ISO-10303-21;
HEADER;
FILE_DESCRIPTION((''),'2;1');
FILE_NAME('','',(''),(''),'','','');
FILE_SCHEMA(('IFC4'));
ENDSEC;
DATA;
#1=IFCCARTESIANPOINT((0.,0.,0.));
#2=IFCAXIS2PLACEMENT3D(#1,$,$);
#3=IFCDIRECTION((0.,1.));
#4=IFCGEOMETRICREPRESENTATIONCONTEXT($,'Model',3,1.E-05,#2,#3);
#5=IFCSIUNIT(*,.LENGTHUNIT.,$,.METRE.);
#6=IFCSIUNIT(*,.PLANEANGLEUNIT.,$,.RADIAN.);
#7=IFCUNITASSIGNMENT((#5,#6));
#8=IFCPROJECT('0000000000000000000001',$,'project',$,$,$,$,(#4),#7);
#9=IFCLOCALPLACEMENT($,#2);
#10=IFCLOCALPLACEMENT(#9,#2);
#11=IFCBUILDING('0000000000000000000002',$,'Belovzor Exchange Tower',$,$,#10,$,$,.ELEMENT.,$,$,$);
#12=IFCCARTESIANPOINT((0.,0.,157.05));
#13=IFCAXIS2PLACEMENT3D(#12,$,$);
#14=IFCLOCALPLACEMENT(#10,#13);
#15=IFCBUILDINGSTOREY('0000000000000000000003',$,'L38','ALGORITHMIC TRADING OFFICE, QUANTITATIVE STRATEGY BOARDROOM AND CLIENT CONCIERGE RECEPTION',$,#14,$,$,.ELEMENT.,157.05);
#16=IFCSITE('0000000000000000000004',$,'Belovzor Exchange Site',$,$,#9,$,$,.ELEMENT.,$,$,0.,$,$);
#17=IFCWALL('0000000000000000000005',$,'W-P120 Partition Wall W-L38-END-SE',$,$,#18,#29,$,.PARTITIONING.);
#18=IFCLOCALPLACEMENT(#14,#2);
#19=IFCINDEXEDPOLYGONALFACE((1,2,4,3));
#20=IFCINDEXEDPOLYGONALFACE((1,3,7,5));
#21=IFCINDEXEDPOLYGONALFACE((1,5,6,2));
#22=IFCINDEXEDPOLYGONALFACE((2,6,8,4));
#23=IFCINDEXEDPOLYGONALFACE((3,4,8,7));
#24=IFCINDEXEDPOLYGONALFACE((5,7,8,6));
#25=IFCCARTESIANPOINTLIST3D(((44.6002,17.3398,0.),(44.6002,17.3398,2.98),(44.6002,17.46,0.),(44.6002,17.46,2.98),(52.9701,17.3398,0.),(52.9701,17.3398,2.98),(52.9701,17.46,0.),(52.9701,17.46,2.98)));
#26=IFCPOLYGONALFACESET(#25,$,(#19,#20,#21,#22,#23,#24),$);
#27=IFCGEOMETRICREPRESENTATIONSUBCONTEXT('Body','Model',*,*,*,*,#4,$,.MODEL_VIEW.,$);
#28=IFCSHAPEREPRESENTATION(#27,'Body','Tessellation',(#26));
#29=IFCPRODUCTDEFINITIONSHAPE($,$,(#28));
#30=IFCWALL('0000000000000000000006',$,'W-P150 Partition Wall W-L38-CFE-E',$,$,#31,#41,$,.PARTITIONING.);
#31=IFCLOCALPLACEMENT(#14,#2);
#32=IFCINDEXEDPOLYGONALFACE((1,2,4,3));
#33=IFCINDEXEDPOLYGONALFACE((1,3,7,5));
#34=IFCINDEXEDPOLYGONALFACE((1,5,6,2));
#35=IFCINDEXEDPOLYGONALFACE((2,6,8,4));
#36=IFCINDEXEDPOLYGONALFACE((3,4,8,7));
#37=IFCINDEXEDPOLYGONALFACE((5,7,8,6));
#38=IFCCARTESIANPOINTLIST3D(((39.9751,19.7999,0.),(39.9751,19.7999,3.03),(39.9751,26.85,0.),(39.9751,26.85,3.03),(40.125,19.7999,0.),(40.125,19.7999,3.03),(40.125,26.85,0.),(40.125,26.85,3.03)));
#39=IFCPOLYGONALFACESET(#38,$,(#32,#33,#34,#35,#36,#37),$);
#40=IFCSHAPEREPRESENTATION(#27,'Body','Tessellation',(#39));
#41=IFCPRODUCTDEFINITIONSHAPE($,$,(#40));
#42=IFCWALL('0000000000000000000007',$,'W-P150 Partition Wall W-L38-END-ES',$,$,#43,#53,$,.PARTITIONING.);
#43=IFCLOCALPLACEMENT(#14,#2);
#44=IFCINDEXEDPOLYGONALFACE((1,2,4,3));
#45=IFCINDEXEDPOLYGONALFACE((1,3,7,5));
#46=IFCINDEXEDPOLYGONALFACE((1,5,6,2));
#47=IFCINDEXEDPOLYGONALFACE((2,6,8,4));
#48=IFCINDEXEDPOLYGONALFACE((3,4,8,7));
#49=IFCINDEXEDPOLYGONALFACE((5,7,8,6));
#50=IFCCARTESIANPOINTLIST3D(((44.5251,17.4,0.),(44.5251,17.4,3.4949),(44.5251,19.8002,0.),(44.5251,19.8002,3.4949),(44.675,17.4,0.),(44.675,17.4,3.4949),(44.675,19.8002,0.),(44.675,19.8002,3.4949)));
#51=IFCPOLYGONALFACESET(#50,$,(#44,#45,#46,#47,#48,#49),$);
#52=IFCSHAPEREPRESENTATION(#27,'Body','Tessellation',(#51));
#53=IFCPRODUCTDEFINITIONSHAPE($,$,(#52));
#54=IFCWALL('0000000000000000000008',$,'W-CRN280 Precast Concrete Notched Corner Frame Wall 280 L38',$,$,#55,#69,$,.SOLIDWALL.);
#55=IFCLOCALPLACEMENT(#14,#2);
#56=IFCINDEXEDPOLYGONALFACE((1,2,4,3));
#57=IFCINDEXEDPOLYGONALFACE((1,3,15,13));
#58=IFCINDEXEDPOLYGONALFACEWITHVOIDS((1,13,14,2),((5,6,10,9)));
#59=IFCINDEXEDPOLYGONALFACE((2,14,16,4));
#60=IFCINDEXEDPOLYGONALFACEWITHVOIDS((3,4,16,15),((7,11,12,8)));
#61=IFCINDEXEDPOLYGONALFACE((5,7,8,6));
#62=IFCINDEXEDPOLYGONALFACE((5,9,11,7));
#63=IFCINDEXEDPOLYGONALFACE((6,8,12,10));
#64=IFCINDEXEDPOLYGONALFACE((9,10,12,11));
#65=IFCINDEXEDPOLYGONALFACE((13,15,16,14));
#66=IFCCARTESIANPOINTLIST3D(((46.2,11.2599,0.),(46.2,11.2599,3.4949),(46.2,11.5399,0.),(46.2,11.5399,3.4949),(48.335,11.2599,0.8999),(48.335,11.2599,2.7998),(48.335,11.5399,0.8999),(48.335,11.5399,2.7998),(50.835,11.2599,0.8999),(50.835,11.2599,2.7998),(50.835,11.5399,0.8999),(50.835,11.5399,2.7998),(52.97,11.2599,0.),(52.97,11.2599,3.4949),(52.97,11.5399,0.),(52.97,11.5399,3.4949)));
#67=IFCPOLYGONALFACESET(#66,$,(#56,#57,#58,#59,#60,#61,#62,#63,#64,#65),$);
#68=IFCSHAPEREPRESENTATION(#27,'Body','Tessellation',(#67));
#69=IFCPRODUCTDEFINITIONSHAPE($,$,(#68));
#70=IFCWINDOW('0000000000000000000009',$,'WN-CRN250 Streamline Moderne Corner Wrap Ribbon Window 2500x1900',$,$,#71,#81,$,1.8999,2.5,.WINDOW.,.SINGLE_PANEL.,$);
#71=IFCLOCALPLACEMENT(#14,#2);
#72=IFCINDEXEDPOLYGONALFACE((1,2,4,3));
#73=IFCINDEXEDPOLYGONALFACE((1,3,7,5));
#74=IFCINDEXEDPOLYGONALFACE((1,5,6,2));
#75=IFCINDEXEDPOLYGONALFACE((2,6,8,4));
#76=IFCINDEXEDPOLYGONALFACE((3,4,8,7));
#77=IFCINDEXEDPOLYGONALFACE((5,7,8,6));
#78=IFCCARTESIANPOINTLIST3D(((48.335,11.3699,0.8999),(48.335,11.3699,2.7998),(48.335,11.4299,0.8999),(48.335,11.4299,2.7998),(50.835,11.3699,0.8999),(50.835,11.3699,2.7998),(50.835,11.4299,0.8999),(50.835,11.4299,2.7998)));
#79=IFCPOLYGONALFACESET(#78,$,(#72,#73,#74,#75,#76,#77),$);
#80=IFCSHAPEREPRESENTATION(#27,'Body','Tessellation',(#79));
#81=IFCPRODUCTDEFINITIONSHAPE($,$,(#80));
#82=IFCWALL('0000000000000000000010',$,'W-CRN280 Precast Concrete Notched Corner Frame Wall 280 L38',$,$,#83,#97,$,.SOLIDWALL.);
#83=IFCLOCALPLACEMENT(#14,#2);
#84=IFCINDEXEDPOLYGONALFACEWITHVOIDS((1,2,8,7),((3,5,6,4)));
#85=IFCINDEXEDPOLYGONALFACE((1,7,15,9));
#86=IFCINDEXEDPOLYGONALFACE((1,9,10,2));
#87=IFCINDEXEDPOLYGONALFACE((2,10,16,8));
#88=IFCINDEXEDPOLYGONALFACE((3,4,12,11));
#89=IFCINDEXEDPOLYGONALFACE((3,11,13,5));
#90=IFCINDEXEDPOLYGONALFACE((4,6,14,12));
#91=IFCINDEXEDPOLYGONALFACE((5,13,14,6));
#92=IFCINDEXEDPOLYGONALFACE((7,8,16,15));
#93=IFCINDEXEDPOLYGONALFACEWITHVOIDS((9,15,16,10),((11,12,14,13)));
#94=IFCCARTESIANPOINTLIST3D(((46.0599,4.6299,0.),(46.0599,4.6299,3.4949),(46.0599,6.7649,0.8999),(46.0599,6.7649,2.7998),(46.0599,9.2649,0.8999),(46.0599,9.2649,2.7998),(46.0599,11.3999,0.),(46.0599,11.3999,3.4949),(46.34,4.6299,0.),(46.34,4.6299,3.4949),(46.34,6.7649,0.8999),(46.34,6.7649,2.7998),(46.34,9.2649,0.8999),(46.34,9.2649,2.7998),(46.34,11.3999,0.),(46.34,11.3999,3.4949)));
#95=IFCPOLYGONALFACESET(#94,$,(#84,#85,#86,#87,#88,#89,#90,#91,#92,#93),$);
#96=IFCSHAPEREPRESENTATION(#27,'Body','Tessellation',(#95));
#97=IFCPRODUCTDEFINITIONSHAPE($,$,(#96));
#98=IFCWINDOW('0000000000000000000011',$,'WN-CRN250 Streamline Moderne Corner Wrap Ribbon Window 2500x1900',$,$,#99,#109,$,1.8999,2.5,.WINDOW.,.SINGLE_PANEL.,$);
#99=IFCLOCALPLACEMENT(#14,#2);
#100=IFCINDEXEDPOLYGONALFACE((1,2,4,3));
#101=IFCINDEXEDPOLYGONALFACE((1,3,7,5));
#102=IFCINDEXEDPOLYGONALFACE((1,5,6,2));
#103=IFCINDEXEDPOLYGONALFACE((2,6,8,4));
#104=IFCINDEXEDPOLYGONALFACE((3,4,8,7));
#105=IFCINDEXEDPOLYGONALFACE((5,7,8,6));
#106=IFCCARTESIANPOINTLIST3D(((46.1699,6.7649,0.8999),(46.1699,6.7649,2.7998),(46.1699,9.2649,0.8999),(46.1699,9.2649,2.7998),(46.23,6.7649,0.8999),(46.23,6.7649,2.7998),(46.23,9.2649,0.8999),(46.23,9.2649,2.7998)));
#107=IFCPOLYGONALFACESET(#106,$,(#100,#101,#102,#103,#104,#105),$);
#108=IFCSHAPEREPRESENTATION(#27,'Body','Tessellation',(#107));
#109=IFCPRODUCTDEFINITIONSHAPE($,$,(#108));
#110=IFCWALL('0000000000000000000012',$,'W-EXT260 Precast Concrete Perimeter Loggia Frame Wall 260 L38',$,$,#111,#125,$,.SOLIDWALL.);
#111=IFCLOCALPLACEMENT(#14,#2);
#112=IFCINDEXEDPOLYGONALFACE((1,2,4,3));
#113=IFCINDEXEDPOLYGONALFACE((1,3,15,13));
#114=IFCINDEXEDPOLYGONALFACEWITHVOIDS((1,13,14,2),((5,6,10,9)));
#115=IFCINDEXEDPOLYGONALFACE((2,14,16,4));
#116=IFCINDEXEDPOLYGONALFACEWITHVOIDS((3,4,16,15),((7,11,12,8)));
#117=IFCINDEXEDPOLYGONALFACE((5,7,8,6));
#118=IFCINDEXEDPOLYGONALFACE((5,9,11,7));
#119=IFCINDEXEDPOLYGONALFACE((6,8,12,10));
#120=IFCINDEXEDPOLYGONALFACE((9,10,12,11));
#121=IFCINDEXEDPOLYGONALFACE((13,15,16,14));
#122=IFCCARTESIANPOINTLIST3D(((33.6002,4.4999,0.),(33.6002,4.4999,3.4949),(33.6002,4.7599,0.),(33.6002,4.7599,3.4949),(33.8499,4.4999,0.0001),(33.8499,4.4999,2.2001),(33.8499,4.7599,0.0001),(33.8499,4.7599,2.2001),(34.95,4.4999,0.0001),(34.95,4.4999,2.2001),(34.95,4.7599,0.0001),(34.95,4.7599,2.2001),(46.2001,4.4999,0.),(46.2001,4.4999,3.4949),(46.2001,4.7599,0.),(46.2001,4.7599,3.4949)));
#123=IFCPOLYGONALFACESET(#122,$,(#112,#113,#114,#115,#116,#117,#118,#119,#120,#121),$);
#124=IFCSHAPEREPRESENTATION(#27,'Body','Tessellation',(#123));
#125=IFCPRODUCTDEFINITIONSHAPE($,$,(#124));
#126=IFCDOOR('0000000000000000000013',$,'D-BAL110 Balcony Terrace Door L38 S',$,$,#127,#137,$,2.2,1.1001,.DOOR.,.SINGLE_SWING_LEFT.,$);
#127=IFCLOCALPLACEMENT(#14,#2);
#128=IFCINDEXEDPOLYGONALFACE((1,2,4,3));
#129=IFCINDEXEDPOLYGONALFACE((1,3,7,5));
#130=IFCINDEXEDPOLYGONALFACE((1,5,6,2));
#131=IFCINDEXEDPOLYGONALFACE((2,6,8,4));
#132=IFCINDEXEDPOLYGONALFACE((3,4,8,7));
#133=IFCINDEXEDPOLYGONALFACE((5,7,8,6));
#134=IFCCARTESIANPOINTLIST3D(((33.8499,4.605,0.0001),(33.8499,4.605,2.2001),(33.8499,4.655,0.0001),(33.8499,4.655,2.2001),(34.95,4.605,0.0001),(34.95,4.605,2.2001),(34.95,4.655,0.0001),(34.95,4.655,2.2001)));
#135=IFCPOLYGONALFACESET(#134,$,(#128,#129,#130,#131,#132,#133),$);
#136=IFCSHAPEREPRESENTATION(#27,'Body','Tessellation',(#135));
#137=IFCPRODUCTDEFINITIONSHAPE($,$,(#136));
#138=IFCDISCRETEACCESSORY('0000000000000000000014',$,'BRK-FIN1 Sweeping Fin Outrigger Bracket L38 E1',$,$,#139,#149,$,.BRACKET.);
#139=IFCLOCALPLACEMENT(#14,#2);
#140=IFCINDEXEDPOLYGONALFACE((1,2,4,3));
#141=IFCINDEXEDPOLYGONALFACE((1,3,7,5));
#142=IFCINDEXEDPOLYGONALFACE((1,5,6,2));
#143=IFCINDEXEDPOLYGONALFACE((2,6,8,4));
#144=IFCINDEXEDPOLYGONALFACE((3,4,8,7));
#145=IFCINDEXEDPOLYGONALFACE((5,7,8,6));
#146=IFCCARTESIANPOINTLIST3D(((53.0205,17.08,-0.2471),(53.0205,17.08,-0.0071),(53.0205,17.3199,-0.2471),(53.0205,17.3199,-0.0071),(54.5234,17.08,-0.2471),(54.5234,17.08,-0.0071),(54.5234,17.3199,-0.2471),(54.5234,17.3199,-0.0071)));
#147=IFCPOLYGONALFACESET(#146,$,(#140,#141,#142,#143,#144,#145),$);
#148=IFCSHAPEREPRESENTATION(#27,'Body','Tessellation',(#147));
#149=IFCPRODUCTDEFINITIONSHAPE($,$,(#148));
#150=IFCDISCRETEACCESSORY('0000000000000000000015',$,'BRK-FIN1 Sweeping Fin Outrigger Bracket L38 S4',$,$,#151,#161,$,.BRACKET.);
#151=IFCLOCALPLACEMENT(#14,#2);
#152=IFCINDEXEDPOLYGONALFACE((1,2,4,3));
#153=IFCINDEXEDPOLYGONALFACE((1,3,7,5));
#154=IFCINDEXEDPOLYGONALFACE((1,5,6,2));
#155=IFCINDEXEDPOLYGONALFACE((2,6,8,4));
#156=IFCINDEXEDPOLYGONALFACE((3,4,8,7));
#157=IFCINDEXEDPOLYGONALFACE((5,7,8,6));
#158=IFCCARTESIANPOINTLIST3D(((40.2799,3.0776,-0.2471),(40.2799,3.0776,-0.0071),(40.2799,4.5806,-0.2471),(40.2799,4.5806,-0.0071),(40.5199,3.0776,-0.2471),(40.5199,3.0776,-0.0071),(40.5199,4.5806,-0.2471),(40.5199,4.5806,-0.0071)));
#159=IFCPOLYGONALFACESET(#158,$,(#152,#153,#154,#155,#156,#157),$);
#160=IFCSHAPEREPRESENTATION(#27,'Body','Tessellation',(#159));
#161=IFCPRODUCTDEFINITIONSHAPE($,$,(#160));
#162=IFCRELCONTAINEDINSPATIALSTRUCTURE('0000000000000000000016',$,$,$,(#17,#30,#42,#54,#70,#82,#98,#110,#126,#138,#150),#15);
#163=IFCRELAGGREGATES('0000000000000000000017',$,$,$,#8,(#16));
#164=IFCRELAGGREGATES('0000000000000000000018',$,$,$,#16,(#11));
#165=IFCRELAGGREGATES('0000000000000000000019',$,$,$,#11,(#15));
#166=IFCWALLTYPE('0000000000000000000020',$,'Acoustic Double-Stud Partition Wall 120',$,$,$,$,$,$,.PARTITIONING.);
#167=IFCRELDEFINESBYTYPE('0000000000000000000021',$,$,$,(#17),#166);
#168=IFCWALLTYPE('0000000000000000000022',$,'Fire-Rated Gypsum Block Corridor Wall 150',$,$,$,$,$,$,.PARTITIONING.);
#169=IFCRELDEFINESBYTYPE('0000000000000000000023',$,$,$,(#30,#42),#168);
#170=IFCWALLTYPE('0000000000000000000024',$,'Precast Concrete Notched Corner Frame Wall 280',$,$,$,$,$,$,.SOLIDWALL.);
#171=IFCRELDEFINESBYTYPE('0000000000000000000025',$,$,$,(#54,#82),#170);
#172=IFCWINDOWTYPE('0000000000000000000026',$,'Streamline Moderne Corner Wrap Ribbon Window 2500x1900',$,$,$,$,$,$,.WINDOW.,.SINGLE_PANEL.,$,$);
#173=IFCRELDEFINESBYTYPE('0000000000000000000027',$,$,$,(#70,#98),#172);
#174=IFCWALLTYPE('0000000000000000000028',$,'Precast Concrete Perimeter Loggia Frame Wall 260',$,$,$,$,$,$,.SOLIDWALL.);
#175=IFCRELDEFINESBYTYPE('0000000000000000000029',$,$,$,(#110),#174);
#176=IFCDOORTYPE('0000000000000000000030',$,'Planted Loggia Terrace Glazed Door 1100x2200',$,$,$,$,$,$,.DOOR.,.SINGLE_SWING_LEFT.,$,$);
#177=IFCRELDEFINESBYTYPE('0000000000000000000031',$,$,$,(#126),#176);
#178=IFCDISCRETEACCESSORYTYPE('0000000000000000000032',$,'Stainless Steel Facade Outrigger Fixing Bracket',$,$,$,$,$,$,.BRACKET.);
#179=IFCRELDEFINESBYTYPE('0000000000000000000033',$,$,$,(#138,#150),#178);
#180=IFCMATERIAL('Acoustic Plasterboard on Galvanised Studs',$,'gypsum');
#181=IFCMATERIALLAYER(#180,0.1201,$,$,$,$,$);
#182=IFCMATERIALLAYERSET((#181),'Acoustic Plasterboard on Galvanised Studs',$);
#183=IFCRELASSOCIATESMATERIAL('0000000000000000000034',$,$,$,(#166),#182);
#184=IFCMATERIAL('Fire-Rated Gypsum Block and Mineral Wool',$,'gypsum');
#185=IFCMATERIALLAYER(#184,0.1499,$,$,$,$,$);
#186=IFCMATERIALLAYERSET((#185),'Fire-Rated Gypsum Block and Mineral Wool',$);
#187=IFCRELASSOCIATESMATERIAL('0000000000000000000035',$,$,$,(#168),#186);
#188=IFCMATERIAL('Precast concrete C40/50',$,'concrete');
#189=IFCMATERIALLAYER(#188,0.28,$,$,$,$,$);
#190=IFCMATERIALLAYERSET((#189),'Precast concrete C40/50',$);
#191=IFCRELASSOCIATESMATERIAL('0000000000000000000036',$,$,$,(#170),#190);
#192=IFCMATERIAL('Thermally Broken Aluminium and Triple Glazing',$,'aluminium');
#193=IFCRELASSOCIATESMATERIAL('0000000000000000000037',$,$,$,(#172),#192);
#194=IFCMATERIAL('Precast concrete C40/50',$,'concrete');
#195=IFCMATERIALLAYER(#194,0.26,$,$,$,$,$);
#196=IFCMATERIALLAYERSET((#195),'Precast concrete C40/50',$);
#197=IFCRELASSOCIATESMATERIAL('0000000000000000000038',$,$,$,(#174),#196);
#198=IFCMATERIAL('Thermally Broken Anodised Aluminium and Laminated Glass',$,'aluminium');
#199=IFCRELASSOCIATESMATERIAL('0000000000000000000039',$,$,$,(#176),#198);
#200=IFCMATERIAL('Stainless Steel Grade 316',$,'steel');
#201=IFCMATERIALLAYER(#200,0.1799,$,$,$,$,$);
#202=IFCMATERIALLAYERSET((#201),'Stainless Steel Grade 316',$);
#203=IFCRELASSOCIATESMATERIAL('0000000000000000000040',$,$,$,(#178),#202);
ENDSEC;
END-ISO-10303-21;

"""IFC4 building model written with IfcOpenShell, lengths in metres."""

from ifc_helpers import new_model, si_unit, direction, frame, frame_2d, origin, origin_2d, place, context, subcontext, project, spatial, rectangle, extrude, material, layer, layer_set, type_object, element, fill, save


model = new_model("IFC4")

# Units and contexts
model_context = context("Model", 3, precision=1e-05, world=origin(), true_north=direction((0.0, 1.0)))
body_context = subcontext(model_context, "Body", "Model", "MODEL_VIEW")
ifc_project = project(units=[si_unit("LENGTHUNIT", "METRE"), si_unit("PLANEANGLEUNIT", "RADIAN")], contexts=[model_context])

# Site, building, storey
site_placement = place(None, origin())
site = spatial("IfcSite", under=ifc_project, at=site_placement, Name="Belovzor Exchange Site", CompositionType="ELEMENT", RefElevation=0.0)
building_placement = place(site_placement, origin())
building = spatial("IfcBuilding", under=site, at=building_placement, Name="Belovzor Exchange Tower", CompositionType="ELEMENT")
storey_placement = place(building_placement, frame((0.0, 0.0, 157.05)))
storey = spatial("IfcBuildingStorey", under=building, at=storey_placement, Name="L38", Description="ALGORITHMIC TRADING OFFICE, QUANTITATIVE STRATEGY BOARDROOM AND CLIENT CONCIERGE RECEPTION", CompositionType="ELEMENT", Elevation=157.05)

# Walls
ifc_material_1 = material(Name="Acoustic Plasterboard on Galvanised Studs", Category="gypsum")
ifc_layer_1 = layer(ifc_material_1, 0.1201)
ifc_layer_set_1 = layer_set([ifc_layer_1], Name="Acoustic Plasterboard on Galvanised Studs")
wall_type_1 = type_object("IfcWallType", Name="Acoustic Double-Stud Partition Wall 120", PredefinedType="PARTITIONING", material=ifc_layer_set_1)
wall_1_placement = place(storey_placement, frame((44.6001, 17.3999, 0.0), z_axis=(0.0, 0.0, 1.0), x_axis=(1.0, 0.0, 0.0)))
element("IfcWall", 1, at=wall_1_placement, inside=storey, type_object=wall_type_1, Name="W-P120 Partition Wall W-L38-END-SE", PredefinedType="PARTITIONING", context=body_context, shape_type="SweptSolid", body=[
    extrude(rectangle(XDim=8.3699, YDim=0.1201, at=frame_2d((4.1851, 0.0))), origin(), (0.0, 0.0, 1.0), 2.98),
])
ifc_material_2 = material(Name="Fire-Rated Gypsum Block and Mineral Wool", Category="gypsum")
ifc_layer_2 = layer(ifc_material_2, 0.1499)
ifc_layer_set_2 = layer_set([ifc_layer_2], Name="Fire-Rated Gypsum Block and Mineral Wool")
wall_type_2 = type_object("IfcWallType", Name="Fire-Rated Gypsum Block Corridor Wall 150", PredefinedType="PARTITIONING", material=ifc_layer_set_2)
wall_2_placement = place(storey_placement, frame((40.05, 19.8, 0.0), z_axis=(0.0, 0.0, 1.0), x_axis=(0.0, 1.0, 0.0)))
element("IfcWall", 2, at=wall_2_placement, inside=storey, type_object=wall_type_2, Name="W-P150 Partition Wall W-L38-CFE-E", PredefinedType="PARTITIONING", context=body_context, shape_type="SweptSolid", body=[
    extrude(rectangle(XDim=7.05, YDim=0.1499, at=frame_2d((3.5249, 0.0))), origin(), (0.0, 0.0, 1.0), 3.03),
])
wall_3_placement = place(storey_placement, frame((44.6001, 17.3999, 0.0), z_axis=(0.0, 0.0, 1.0), x_axis=(0.0, 1.0, 0.0)))
element("IfcWall", 3, at=wall_3_placement, inside=storey, type_object=wall_type_2, Name="W-P150 Partition Wall W-L38-END-ES", PredefinedType="PARTITIONING", context=body_context, shape_type="SweptSolid", body=[
    extrude(rectangle(XDim=2.4001, YDim=0.1499, at=frame_2d((1.2002, 0.0))), origin(), (0.0, 0.0, 1.0), 3.4949),
])

# Walls, openings, windows
ifc_material_3 = material(Name="Precast concrete C40/50", Category="concrete")
ifc_layer_3 = layer(ifc_material_3, 0.28)
ifc_layer_set_3 = layer_set([ifc_layer_3], Name="Precast concrete C40/50")
wall_type_3 = type_object("IfcWallType", Name="Precast Concrete Notched Corner Frame Wall 280", PredefinedType="SOLIDWALL", material=ifc_layer_set_3)
wall_4_placement = place(storey_placement, frame((52.97, 11.3999, 0.0), z_axis=(0.0, 0.0, 1.0), x_axis=(-1.0, 0.0, 0.0)))
wall_4 = element("IfcWall", 4, at=wall_4_placement, inside=storey, type_object=wall_type_3, Name="W-CRN280 Precast Concrete Notched Corner Frame Wall 280 L38", PredefinedType="SOLIDWALL", context=body_context, shape_type="SweptSolid", body=[
    extrude(rectangle(XDim=6.77, YDim=0.28, at=frame_2d((3.385, 0.0))), origin(), (0.0, 0.0, 1.0), 3.4949),
])
opening_1_placement = place(wall_4_placement, frame((2.135, 0.0, 0.8999)))
opening_1 = element("IfcOpeningElement", 5, at=opening_1_placement, cuts=wall_4, PredefinedType="OPENING", context=body_context, shape_type="SweptSolid", body=[
    extrude(rectangle(XDim=2.5, YDim=1.8999, at=frame_2d((1.25, 0.95))), frame((0.0, 0.1499, 0.0), z_axis=(0.0, -1.0, 0.0), x_axis=(1.0, 0.0, 0.0)), (0.0, 0.0, 1.0), 0.3),
])
ifc_material_4 = material(Name="Thermally Broken Aluminium and Triple Glazing", Category="aluminium")
window_type = type_object("IfcWindowType", Name="Streamline Moderne Corner Wrap Ribbon Window 2500x1900", PartitioningType="SINGLE_PANEL", PredefinedType="WINDOW", material=ifc_material_4)
window_1_placement = place(opening_1_placement, origin())
window_1 = element("IfcWindow", 6, at=window_1_placement, inside=storey, type_object=window_type, Name="WN-CRN250 Streamline Moderne Corner Wrap Ribbon Window 2500x1900", OverallHeight=1.8999, OverallWidth=2.5, PartitioningType="SINGLE_PANEL", PredefinedType="WINDOW", context=body_context, shape_type="SweptSolid", body=[
    extrude(rectangle(XDim=2.5, YDim=1.8999, at=frame_2d((1.25, 0.95))), frame((0.0, 0.03, 0.0), z_axis=(0.0, -1.0, 0.0), x_axis=(1.0, 0.0, 0.0)), (0.0, 0.0, 1.0), 0.0601),
])
fill(opening_1, window_1)
wall_5_placement = place(storey_placement, frame((46.2, 11.3999, 0.0), z_axis=(0.0, 0.0, 1.0), x_axis=(0.0, -1.0, 0.0)))
wall_5 = element("IfcWall", 7, at=wall_5_placement, inside=storey, type_object=wall_type_3, Name="W-CRN280 Precast Concrete Notched Corner Frame Wall 280 L38", PredefinedType="SOLIDWALL", context=body_context, shape_type="SweptSolid", body=[
    extrude(rectangle(XDim=6.77, YDim=0.28, at=frame_2d((3.385, 0.0))), origin(), (0.0, 0.0, 1.0), 3.4949),
])
opening_2_placement = place(wall_5_placement, frame((2.135, 0.0, 0.8999)))
opening_2 = element("IfcOpeningElement", 8, at=opening_2_placement, cuts=wall_5, PredefinedType="OPENING", context=body_context, shape_type="SweptSolid", body=[
    extrude(rectangle(XDim=2.5, YDim=1.8999, at=frame_2d((1.25, 0.95))), frame((0.0, 0.1499, 0.0), z_axis=(0.0, -1.0, 0.0), x_axis=(1.0, 0.0, 0.0)), (0.0, 0.0, 1.0), 0.3),
])
window_2_placement = place(opening_2_placement, origin())
window_2 = element("IfcWindow", 9, at=window_2_placement, inside=storey, type_object=window_type, Name="WN-CRN250 Streamline Moderne Corner Wrap Ribbon Window 2500x1900", OverallHeight=1.8999, OverallWidth=2.5, PartitioningType="SINGLE_PANEL", PredefinedType="WINDOW", context=body_context, shape_type="SweptSolid", body=[
    extrude(rectangle(XDim=2.5, YDim=1.8999, at=frame_2d((1.25, 0.95))), frame((0.0, 0.03, 0.0), z_axis=(0.0, -1.0, 0.0), x_axis=(1.0, 0.0, 0.0)), (0.0, 0.0, 1.0), 0.0601),
])
fill(opening_2, window_2)

# Wall, opening, door
ifc_material_5 = material(Name="Precast concrete C40/50", Category="concrete")
ifc_layer_4 = layer(ifc_material_5, 0.26)
ifc_layer_set_4 = layer_set([ifc_layer_4], Name="Precast concrete C40/50")
wall_type_4 = type_object("IfcWallType", Name="Precast Concrete Perimeter Loggia Frame Wall 260", PredefinedType="SOLIDWALL", material=ifc_layer_set_4)
wall_6_placement = place(storey_placement, frame((46.2, 4.6299, 0.0), z_axis=(0.0, 0.0, 1.0), x_axis=(-1.0, 0.0, 0.0)))
wall_6 = element("IfcWall", 10, at=wall_6_placement, inside=storey, type_object=wall_type_4, Name="W-EXT260 Precast Concrete Perimeter Loggia Frame Wall 260 L38", PredefinedType="SOLIDWALL", context=body_context, shape_type="SweptSolid", body=[
    extrude(rectangle(XDim=12.5999, YDim=0.26, at=frame_2d((6.2998, 0.0))), origin(), (0.0, 0.0, 1.0), 3.4949),
])
opening_3_placement = place(wall_6_placement, frame((11.25, 0.0, 0.0)))
opening_3 = element("IfcOpeningElement", 11, at=opening_3_placement, cuts=wall_6, PredefinedType="OPENING", context=body_context, shape_type="SweptSolid", body=[
    extrude(rectangle(XDim=1.1001, YDim=2.2, at=frame_2d((0.55, 1.1001))), frame((0.0, 0.1399, 0.0), z_axis=(0.0, -1.0, 0.0), x_axis=(1.0, 0.0, 0.0)), (0.0, 0.0, 1.0), 0.28),
])
ifc_material_6 = material(Name="Thermally Broken Anodised Aluminium and Laminated Glass", Category="aluminium")
door_type = type_object("IfcDoorType", Name="Planted Loggia Terrace Glazed Door 1100x2200", OperationType="SINGLE_SWING_LEFT", PredefinedType="DOOR", material=ifc_material_6)
door_placement = place(opening_3_placement, origin())
door = element("IfcDoor", 12, at=door_placement, inside=storey, type_object=door_type, Name="D-BAL110 Balcony Terrace Door L38 S", OperationType="SINGLE_SWING_LEFT", OverallHeight=2.2, OverallWidth=1.1001, PredefinedType="DOOR", context=body_context, shape_type="SweptSolid", body=[
    extrude(rectangle(XDim=1.1001, YDim=2.2, at=frame_2d((0.55, 1.1001))), frame((0.0, 0.0249, 0.0), z_axis=(0.0, -1.0, 0.0), x_axis=(1.0, 0.0, 0.0)), (0.0, 0.0, 1.0), 0.05),
])
fill(opening_3, door)

# Discrete accessories
ifc_material_7 = material(Name="Stainless Steel Grade 316", Category="steel")
ifc_layer_5 = layer(ifc_material_7, 0.1799)
ifc_layer_set_5 = layer_set([ifc_layer_5], Name="Stainless Steel Grade 316")
discrete_accessory_type = type_object("IfcDiscreteAccessoryType", Name="Stainless Steel Facade Outrigger Fixing Bracket", PredefinedType="BRACKET", material=ifc_layer_set_5)
for number, where, z_axis, x_axis, name in (
    (13, (53.772, 17.2, -0.2471), (0.0, 0.0, 1.0), (1.0, 0.0, 0.0), "BRK-FIN1 Sweeping Fin Outrigger Bracket L38 E1"),
    (14, (40.3999, 3.8291, -0.2471), (0.0, 0.0, 1.0), (0.0, 1.0, 0.0), "BRK-FIN1 Sweeping Fin Outrigger Bracket L38 S4"),
):
    element("IfcDiscreteAccessory", number, at=place(storey_placement, frame(where, z_axis=z_axis, x_axis=x_axis)), inside=storey, type_object=discrete_accessory_type, Name=name, PredefinedType="BRACKET", context=body_context, shape_type="SweptSolid", body=[
        extrude(rectangle(XDim=1.5029, YDim=0.24, at=origin_2d()), origin(), (0.0, 0.0, 1.0), 0.24),
    ])

save(model, "model.ifc")
